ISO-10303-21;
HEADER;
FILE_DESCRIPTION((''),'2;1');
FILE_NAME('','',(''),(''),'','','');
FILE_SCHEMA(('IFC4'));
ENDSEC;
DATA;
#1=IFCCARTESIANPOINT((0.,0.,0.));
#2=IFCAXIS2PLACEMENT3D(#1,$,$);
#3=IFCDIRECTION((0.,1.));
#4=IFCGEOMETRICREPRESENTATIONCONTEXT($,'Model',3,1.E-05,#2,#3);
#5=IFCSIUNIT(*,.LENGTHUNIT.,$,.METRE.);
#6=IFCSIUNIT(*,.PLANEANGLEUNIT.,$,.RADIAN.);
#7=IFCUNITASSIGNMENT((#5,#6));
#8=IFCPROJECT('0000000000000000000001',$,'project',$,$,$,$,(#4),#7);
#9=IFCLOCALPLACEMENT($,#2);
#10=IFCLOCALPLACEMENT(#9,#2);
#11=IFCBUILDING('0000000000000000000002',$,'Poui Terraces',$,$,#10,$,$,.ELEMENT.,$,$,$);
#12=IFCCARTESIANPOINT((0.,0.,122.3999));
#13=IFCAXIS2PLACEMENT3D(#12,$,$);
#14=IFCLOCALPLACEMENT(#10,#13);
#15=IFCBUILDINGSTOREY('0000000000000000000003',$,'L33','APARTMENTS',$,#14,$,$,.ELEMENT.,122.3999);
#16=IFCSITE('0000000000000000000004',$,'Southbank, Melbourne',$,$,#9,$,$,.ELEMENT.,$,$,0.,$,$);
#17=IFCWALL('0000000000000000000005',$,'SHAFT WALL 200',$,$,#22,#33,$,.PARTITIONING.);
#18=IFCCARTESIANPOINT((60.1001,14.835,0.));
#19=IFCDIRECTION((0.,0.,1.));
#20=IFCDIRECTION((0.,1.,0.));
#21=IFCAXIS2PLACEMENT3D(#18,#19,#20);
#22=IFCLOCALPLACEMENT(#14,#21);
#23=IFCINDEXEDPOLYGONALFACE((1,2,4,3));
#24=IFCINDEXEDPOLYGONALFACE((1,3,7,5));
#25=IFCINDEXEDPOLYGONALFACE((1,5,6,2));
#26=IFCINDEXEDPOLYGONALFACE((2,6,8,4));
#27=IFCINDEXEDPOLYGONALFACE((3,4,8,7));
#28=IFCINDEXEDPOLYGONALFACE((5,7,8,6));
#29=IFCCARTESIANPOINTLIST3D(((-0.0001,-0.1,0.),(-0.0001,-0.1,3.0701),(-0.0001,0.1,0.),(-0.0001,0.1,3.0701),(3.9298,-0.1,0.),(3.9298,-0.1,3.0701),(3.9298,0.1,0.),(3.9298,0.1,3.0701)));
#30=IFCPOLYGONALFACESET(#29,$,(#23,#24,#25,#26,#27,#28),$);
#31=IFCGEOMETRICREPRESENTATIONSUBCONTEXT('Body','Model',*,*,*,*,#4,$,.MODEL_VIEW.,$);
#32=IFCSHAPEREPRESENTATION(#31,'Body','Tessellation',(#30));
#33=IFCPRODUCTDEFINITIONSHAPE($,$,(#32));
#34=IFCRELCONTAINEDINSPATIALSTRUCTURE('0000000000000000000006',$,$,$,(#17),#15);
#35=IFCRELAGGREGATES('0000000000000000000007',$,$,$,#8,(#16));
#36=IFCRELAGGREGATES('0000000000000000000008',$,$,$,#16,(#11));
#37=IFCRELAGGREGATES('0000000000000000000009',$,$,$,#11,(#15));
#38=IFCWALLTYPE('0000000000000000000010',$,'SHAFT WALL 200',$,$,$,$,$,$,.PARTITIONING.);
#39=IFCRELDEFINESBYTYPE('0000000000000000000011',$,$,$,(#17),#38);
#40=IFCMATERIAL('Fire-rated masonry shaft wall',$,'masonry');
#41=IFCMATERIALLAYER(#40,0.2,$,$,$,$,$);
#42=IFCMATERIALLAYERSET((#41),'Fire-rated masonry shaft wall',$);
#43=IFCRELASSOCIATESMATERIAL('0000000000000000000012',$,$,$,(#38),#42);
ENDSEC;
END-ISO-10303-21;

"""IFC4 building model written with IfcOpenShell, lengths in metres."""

from ifc_helpers import new_model, si_unit, direction, frame, frame_2d, origin, place, context, subcontext, project, spatial, rectangle, extrude, material, layer, layer_set, type_object, element, save


model = new_model("IFC4")

# Units and contexts
model_context = context("Model", 3, precision=1e-05, world=origin(), true_north=direction((0.0, 1.0)))
body_context = subcontext(model_context, "Body", "Model", "MODEL_VIEW")
ifc_project = project(units=[si_unit("LENGTHUNIT", "METRE"), si_unit("PLANEANGLEUNIT", "RADIAN")], contexts=[model_context])

# Site, building, storey
site_placement = place(None, origin())
site = spatial("IfcSite", under=ifc_project, at=site_placement, Name="Southbank, Melbourne", CompositionType="ELEMENT", RefElevation=0.0)
building_placement = place(site_placement, origin())
building = spatial("IfcBuilding", under=site, at=building_placement, Name="Poui Terraces", CompositionType="ELEMENT")
storey_placement = place(building_placement, frame((0.0, 0.0, 122.3999)))
storey = spatial("IfcBuildingStorey", under=building, at=storey_placement, Name="L33", Description="APARTMENTS", CompositionType="ELEMENT", Elevation=122.3999)

# Wall
ifc_material_1 = material(Name="Fire-rated masonry shaft wall", Category="masonry")
ifc_layer_1 = layer(ifc_material_1, 0.2)
ifc_layer_set_1 = layer_set([ifc_layer_1], Name="Fire-rated masonry shaft wall")
wall_type_1 = type_object("IfcWallType", Name="SHAFT WALL 200", PredefinedType="PARTITIONING", material=ifc_layer_set_1)
wall_1_placement = place(storey_placement, frame((60.1001, 14.835, 0.0), z_axis=(0.0, 0.0, 1.0), x_axis=(0.0, 1.0, 0.0)))
element("IfcWall", 1, at=wall_1_placement, inside=storey, type_object=wall_type_1, Name="SHAFT WALL 200", PredefinedType="PARTITIONING", context=body_context, shape_type="SweptSolid", body=[
    extrude(rectangle(XDim=3.9299, YDim=0.2, at=frame_2d((1.9648, 0.0))), origin(), (0.0, 0.0, 1.0), 3.0701),
])

save(model, "model.ifc")
